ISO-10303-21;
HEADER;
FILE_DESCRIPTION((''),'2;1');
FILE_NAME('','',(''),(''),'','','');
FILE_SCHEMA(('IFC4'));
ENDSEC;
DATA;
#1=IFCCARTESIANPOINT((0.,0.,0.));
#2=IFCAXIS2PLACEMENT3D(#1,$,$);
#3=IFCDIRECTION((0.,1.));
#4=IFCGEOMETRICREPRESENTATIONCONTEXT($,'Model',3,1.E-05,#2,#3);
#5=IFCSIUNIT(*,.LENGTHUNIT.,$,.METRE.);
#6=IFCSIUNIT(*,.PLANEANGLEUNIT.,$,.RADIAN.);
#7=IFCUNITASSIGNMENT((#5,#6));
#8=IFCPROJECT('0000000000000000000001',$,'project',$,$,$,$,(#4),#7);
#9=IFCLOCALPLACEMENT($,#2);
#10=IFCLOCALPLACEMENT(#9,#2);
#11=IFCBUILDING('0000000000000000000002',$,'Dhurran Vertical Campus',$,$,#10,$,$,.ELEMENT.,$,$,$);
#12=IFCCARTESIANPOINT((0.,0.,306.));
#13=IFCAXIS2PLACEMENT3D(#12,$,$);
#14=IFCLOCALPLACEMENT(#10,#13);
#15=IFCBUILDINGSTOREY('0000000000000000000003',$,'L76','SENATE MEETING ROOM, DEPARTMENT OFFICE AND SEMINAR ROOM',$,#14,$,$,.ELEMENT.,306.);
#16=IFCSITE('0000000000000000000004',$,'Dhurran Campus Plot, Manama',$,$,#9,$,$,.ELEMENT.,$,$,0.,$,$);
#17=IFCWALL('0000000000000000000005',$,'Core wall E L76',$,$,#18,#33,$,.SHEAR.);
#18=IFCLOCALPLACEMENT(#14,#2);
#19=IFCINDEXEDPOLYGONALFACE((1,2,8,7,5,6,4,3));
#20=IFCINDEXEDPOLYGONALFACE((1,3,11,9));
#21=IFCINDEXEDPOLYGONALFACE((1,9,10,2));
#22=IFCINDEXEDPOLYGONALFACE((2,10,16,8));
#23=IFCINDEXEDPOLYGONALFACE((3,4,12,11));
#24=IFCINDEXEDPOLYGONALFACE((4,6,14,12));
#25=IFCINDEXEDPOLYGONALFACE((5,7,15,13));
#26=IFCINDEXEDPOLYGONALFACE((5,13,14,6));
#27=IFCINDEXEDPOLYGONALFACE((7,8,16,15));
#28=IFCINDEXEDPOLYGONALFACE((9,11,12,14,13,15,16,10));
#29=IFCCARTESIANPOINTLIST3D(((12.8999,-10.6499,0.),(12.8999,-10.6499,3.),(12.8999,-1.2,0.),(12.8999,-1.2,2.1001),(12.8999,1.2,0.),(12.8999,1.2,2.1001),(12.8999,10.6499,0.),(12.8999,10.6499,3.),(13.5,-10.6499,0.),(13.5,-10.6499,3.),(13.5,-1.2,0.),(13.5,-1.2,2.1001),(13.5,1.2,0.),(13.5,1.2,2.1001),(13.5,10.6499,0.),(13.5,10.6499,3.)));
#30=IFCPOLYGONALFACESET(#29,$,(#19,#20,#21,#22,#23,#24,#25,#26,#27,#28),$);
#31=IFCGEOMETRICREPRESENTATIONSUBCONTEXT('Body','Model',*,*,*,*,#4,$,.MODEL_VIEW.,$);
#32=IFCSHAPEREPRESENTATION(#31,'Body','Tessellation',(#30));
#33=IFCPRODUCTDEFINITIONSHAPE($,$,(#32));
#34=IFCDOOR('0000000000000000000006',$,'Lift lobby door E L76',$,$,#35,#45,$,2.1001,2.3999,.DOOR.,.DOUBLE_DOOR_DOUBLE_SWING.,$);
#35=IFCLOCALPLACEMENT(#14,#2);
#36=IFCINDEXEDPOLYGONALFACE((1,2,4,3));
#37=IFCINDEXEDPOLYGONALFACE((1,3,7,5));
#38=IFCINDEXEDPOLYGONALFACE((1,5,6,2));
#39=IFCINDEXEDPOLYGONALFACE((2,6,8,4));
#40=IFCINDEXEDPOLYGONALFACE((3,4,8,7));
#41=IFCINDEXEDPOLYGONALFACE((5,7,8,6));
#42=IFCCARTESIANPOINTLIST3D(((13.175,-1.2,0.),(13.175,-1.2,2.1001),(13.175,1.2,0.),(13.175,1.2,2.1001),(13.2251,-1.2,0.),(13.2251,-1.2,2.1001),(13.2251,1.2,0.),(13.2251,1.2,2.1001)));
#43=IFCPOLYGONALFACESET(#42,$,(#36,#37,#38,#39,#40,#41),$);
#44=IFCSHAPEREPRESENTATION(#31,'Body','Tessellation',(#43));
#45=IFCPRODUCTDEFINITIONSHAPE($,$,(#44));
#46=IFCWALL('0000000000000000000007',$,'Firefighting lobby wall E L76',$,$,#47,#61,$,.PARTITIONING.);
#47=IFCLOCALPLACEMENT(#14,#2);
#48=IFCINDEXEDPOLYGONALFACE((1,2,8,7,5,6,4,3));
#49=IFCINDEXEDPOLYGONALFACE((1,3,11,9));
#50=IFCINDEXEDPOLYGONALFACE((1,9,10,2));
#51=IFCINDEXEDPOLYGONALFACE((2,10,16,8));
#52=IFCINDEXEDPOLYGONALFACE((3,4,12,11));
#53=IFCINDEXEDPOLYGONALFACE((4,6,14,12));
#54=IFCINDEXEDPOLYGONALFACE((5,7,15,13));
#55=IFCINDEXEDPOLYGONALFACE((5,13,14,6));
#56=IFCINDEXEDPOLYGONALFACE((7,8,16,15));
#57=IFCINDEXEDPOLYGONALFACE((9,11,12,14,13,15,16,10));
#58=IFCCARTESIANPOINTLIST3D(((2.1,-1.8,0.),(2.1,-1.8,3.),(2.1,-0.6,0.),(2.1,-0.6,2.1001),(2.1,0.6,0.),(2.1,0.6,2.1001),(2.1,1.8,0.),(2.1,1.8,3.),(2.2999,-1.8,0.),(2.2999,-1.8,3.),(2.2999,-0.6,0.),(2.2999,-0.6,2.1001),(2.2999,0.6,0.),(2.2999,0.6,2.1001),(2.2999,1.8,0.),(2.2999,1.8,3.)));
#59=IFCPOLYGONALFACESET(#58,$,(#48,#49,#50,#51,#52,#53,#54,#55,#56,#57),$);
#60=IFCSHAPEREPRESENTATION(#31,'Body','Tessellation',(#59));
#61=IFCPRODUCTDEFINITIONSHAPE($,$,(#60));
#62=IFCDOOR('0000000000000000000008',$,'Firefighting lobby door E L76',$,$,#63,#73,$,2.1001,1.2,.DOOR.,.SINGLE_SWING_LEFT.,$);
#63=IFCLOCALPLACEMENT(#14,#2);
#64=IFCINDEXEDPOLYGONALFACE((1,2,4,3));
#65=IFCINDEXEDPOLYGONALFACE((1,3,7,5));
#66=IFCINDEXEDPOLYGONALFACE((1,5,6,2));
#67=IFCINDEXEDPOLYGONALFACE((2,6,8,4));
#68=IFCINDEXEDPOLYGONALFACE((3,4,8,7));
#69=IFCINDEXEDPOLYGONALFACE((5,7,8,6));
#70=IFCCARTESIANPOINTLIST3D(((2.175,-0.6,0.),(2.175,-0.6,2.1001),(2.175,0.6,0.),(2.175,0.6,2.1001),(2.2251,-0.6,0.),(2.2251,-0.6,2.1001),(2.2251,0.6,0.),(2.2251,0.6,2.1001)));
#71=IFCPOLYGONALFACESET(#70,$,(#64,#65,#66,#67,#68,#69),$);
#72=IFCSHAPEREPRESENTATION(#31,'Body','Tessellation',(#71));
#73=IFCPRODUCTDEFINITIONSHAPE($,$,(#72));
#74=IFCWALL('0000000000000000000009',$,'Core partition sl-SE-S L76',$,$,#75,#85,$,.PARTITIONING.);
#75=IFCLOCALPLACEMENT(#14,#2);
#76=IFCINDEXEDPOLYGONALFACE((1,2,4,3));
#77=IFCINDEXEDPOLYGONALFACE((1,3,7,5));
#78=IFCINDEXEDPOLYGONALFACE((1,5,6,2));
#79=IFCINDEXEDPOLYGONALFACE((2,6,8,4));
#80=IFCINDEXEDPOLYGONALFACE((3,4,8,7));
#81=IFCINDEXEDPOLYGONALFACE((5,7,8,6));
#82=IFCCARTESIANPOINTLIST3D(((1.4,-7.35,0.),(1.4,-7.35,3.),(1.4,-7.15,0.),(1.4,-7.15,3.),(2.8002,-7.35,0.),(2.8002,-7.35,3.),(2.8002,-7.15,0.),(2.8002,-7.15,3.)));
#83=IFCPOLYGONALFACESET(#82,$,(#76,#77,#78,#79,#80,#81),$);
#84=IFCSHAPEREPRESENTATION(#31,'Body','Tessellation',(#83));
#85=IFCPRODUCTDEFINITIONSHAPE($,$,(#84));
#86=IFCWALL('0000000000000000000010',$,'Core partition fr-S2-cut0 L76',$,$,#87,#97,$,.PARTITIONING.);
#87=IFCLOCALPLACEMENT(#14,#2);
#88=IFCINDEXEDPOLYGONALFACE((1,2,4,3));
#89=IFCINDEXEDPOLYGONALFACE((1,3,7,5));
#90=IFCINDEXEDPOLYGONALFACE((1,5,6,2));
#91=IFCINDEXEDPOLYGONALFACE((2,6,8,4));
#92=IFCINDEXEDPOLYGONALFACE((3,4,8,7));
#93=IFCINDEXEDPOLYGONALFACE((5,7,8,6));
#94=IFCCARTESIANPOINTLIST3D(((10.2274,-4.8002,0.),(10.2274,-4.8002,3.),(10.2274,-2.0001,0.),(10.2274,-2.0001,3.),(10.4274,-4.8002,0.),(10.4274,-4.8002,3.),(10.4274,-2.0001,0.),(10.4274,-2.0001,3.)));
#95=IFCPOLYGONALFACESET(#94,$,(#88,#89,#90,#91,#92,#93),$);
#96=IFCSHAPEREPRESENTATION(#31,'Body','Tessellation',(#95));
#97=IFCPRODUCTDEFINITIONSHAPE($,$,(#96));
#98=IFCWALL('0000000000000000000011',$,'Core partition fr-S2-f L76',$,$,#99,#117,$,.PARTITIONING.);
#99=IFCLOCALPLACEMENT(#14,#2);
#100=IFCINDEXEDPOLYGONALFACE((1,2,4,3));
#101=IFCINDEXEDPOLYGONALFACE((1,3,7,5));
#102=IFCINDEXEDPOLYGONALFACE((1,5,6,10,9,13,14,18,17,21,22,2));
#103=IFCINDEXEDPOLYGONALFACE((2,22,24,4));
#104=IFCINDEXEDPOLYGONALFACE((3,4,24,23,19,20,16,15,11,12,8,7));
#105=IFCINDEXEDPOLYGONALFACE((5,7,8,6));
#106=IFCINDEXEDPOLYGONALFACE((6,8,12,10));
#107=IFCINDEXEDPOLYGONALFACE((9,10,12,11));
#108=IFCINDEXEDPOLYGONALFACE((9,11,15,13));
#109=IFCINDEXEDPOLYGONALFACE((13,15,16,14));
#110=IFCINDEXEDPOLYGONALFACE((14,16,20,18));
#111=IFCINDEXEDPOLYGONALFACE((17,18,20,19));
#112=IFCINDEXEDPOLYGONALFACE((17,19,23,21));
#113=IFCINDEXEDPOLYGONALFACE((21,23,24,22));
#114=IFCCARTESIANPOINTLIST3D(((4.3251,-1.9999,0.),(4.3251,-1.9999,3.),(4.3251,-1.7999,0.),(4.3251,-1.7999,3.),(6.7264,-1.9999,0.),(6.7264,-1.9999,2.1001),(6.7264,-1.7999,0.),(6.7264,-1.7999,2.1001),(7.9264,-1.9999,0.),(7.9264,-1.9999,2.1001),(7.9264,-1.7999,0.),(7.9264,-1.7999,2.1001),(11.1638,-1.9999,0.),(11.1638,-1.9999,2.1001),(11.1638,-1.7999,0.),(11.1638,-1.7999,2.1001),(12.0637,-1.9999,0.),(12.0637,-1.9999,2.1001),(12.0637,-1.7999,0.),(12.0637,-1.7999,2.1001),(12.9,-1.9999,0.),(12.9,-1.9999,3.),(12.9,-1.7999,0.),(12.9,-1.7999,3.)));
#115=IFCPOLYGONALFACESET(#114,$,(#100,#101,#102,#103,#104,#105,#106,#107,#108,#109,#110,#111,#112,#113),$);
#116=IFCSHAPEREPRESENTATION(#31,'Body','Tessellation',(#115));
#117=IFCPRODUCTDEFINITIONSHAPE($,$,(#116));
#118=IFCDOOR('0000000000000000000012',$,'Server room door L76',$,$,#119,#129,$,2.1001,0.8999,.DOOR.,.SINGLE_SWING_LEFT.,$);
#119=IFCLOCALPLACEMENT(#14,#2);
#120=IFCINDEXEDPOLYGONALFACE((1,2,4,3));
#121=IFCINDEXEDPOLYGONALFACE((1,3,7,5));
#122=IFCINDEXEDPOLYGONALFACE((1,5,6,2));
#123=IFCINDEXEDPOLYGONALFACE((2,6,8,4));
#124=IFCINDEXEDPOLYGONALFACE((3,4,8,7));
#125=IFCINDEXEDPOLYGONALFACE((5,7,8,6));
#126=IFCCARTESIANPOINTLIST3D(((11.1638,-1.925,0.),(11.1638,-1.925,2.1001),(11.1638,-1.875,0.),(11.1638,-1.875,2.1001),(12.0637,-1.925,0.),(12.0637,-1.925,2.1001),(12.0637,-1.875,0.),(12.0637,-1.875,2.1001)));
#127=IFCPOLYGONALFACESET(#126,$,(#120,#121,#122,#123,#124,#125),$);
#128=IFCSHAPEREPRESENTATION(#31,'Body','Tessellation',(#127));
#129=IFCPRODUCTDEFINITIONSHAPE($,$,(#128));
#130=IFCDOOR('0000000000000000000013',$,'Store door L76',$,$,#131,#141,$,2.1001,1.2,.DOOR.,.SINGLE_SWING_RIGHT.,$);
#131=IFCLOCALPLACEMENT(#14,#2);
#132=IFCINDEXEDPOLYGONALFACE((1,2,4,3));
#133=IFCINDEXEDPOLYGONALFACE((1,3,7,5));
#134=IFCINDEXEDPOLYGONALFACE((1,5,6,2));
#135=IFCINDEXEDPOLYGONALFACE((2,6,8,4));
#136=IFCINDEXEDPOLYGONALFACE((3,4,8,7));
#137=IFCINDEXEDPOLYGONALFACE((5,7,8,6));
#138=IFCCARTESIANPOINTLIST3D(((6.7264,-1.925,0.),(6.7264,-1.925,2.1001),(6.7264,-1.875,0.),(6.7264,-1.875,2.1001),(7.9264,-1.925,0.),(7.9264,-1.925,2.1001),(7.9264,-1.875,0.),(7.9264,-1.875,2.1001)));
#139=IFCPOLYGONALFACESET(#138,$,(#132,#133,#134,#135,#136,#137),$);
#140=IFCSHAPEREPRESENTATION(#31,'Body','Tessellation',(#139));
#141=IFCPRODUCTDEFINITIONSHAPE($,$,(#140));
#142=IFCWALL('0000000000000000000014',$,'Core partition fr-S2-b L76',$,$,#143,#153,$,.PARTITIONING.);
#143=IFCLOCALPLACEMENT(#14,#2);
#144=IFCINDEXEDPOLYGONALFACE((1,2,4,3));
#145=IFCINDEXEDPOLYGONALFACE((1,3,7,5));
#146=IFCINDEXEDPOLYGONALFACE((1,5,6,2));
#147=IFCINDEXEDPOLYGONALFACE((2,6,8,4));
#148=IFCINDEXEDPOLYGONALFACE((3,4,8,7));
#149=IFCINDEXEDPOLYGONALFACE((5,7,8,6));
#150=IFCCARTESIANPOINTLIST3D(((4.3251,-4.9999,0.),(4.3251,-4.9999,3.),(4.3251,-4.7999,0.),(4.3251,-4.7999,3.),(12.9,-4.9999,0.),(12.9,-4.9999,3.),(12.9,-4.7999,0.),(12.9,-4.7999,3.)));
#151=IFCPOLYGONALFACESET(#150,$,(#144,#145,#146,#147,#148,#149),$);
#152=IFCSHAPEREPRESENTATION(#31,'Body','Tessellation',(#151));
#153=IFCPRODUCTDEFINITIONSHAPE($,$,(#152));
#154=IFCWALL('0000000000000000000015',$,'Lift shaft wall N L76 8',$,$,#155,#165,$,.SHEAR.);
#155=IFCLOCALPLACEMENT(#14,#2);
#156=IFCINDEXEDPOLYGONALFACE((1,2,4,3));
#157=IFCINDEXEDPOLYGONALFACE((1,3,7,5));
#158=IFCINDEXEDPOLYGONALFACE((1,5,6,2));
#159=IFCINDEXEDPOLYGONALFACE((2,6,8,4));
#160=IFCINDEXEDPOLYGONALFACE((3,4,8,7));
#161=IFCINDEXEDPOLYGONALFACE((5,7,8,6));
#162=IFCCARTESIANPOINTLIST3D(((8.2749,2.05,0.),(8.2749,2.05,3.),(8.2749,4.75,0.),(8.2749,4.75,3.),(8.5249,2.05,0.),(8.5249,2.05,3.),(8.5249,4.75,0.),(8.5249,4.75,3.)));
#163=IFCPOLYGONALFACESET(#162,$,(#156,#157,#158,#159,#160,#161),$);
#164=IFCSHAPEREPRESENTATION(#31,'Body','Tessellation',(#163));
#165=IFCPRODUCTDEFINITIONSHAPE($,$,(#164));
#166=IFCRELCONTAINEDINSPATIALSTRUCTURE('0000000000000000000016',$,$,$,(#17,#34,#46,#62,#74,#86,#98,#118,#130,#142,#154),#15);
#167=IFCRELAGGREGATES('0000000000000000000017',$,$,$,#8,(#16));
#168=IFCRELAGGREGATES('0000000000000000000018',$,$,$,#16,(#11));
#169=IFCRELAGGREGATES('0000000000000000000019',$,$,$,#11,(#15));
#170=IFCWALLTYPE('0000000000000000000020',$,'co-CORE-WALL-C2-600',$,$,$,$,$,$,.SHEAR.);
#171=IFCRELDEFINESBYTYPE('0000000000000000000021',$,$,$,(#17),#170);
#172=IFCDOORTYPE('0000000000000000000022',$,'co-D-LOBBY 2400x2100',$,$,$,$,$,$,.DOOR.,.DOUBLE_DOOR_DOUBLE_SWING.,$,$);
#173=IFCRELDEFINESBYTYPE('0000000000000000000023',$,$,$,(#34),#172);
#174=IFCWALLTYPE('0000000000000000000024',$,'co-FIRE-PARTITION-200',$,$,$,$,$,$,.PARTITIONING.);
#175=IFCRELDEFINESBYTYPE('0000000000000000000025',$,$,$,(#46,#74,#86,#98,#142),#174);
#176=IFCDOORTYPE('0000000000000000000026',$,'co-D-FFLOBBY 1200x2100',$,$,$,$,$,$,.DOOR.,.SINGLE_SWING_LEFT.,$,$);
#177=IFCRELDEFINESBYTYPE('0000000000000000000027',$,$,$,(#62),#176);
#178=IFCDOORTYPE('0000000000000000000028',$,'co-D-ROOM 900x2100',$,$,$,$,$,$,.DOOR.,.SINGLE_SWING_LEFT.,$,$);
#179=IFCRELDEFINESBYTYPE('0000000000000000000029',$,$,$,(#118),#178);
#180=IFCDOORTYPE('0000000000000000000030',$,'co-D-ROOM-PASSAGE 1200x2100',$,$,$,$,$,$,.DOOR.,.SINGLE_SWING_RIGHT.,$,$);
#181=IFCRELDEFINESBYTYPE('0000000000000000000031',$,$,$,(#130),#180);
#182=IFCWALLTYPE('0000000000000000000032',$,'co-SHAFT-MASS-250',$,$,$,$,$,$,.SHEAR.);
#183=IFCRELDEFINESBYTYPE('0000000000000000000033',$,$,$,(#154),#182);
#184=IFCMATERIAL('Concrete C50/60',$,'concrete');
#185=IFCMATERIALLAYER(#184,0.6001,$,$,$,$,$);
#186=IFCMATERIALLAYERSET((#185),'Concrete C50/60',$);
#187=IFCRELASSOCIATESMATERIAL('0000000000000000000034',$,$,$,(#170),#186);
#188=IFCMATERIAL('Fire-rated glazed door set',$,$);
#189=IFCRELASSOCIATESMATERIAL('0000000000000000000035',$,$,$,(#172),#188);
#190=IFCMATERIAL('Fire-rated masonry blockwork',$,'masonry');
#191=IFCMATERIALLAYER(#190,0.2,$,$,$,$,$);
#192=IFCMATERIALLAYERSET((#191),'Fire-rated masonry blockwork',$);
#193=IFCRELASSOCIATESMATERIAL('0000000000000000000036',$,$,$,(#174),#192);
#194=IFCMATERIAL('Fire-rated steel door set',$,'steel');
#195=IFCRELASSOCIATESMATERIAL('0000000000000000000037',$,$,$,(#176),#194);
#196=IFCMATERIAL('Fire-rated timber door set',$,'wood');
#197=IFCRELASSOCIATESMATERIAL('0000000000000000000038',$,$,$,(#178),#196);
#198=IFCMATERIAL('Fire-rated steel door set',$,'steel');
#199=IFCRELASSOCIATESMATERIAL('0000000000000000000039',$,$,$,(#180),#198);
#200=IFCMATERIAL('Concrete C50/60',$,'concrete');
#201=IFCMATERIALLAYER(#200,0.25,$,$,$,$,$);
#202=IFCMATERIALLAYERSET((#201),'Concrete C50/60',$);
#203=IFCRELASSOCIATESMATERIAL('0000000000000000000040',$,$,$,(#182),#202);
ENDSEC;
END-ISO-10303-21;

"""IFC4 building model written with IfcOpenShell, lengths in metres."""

from ifc_helpers import new_model, si_unit, direction, frame, frame_2d, origin, place, context, subcontext, project, spatial, polyline, rectangle, outline, extrude, material, layer, layer_set, type_object, element, fill, save


model = new_model("IFC4")

# Units and contexts
model_context = context("Model", 3, precision=1e-05, world=origin(), true_north=direction((0.0, 1.0)))
body_context = subcontext(model_context, "Body", "Model", "MODEL_VIEW")
ifc_project = project(units=[si_unit("LENGTHUNIT", "METRE"), si_unit("PLANEANGLEUNIT", "RADIAN")], contexts=[model_context])

# Site, building, storey
site_placement = place(None, origin())
site = spatial("IfcSite", under=ifc_project, at=site_placement, Name="Dhurran Campus Plot, Manama", CompositionType="ELEMENT", RefElevation=0.0)
building_placement = place(site_placement, origin())
building = spatial("IfcBuilding", under=site, at=building_placement, Name="Dhurran Vertical Campus", CompositionType="ELEMENT")
storey_placement = place(building_placement, frame((0.0, 0.0, 306.0)))
storey = spatial("IfcBuildingStorey", under=building, at=storey_placement, Name="L76", Description="SENATE MEETING ROOM, DEPARTMENT OFFICE AND SEMINAR ROOM", CompositionType="ELEMENT", Elevation=306.0)

# Walls, openings, doors
ifc_material_1 = material(Name="Concrete C50/60", Category="concrete")
ifc_layer_1 = layer(ifc_material_1, 0.6001)
ifc_layer_set_1 = layer_set([ifc_layer_1], Name="Concrete C50/60")
wall_type_1 = type_object("IfcWallType", Name="co-CORE-WALL-C2-600", PredefinedType="SHEAR", material=ifc_layer_set_1)
wall_1_placement = place(storey_placement, frame((13.2, -10.6499, 0.0), z_axis=(0.0, 0.0, 1.0), x_axis=(0.0, 1.0, 0.0)))
wall_1 = element("IfcWall", 1, at=wall_1_placement, inside=storey, type_object=wall_type_1, Name="Core wall E L76", PredefinedType="SHEAR", context=body_context, shape_type="SweptSolid", body=[
    extrude(rectangle(XDim=21.2998, YDim=0.6001, at=frame_2d((10.6499, 0.0))), origin(), (0.0, 0.0, 1.0), 3.0),
])
opening_1_placement = place(wall_1_placement, frame((9.45, 0.0, 0.0)))
opening_1 = element("IfcOpeningElement", 2, at=opening_1_placement, cuts=wall_1, PredefinedType="OPENING", context=body_context, shape_type="SweptSolid", body=[
    extrude(rectangle(XDim=2.3999, YDim=2.1001, at=frame_2d((1.2, 1.05))), frame((0.0, 0.3101, 0.0), z_axis=(0.0, -1.0, 0.0), x_axis=(1.0, 0.0, 0.0)), (0.0, 0.0, 1.0), 0.6201),
])
ifc_material_2 = material(Name="Fire-rated glazed door set")
door_type_1 = type_object("IfcDoorType", Name="co-D-LOBBY 2400x2100", OperationType="DOUBLE_DOOR_DOUBLE_SWING", PredefinedType="DOOR", material=ifc_material_2)
door_1_placement = place(opening_1_placement, origin())
door_1 = element("IfcDoor", 3, at=door_1_placement, inside=storey, type_object=door_type_1, Name="Lift lobby door E L76", OperationType="DOUBLE_DOOR_DOUBLE_SWING", OverallHeight=2.1001, OverallWidth=2.3999, PredefinedType="DOOR", context=body_context, shape_type="SweptSolid", body=[
    extrude(rectangle(XDim=2.3999, YDim=2.1001, at=frame_2d((1.2, 1.05))), frame((0.0, 0.0249, 0.0), z_axis=(0.0, -1.0, 0.0), x_axis=(1.0, 0.0, 0.0)), (0.0, 0.0, 1.0), 0.05),
])
fill(opening_1, door_1)
ifc_material_3 = material(Name="Fire-rated masonry blockwork", Category="masonry")
ifc_layer_2 = layer(ifc_material_3, 0.2)
ifc_layer_set_2 = layer_set([ifc_layer_2], Name="Fire-rated masonry blockwork")
wall_type_2 = type_object("IfcWallType", Name="co-FIRE-PARTITION-200", PredefinedType="PARTITIONING", material=ifc_layer_set_2)
wall_2_placement = place(storey_placement, frame((2.2, -1.8, 0.0), z_axis=(0.0, 0.0, 1.0), x_axis=(0.0, 1.0, 0.0)))
wall_2 = element("IfcWall", 4, at=wall_2_placement, inside=storey, type_object=wall_type_2, Name="Firefighting lobby wall E L76", PredefinedType="PARTITIONING", context=body_context, shape_type="SweptSolid", body=[
    extrude(rectangle(XDim=3.6001, YDim=0.2, at=frame_2d((1.8, 0.0))), origin(), (0.0, 0.0, 1.0), 3.0),
])
opening_2_placement = place(wall_2_placement, frame((1.2, 0.0, 0.0)))
opening_2 = element("IfcOpeningElement", 5, at=opening_2_placement, cuts=wall_2, PredefinedType="OPENING", context=body_context, shape_type="SweptSolid", body=[
    extrude(rectangle(XDim=1.2, YDim=2.1001, at=frame_2d((0.6001, 1.05))), frame((0.0, 0.1099, 0.0), z_axis=(0.0, -1.0, 0.0), x_axis=(1.0, 0.0, 0.0)), (0.0, 0.0, 1.0), 0.22),
])
ifc_material_4 = material(Name="Fire-rated steel door set", Category="steel")
door_type_2 = type_object("IfcDoorType", Name="co-D-FFLOBBY 1200x2100", OperationType="SINGLE_SWING_LEFT", PredefinedType="DOOR", material=ifc_material_4)
door_2_placement = place(opening_2_placement, origin())
door_2 = element("IfcDoor", 6, at=door_2_placement, inside=storey, type_object=door_type_2, Name="Firefighting lobby door E L76", OperationType="SINGLE_SWING_LEFT", OverallHeight=2.1001, OverallWidth=1.2, PredefinedType="DOOR", context=body_context, shape_type="SweptSolid", body=[
    extrude(rectangle(XDim=1.2, YDim=2.1001, at=frame_2d((0.6001, 1.05))), frame((0.0, 0.0249, 0.0), z_axis=(0.0, -1.0, 0.0), x_axis=(1.0, 0.0, 0.0)), (0.0, 0.0, 1.0), 0.05),
])
fill(opening_2, door_2)

# Walls
wall_3_placement = place(storey_placement, frame((1.3999, -7.25, 0.0), z_axis=(0.0, 0.0, 1.0), x_axis=(1.0, 0.0, 0.0)))
element("IfcWall", 7, at=wall_3_placement, inside=storey, type_object=wall_type_2, Name="Core partition sl-SE-S L76", PredefinedType="PARTITIONING", context=body_context, shape_type="SweptSolid", body=[
    extrude(rectangle(XDim=1.4001, YDim=0.2, at=frame_2d((0.7002, 0.0))), origin(), (0.0, 0.0, 1.0), 3.0),
])
wall_4_placement = place(storey_placement, frame((10.3274, -4.8, 0.0), z_axis=(0.0, 0.0, 1.0), x_axis=(0.0, 1.0, 0.0)))
element("IfcWall", 8, at=wall_4_placement, inside=storey, type_object=wall_type_2, Name="Core partition fr-S2-cut0 L76", PredefinedType="PARTITIONING", context=body_context, shape_type="SweptSolid", body=[
    extrude(rectangle(XDim=2.8, YDim=0.2, at=frame_2d((1.3999, 0.0))), origin(), (0.0, 0.0, 1.0), 3.0),
])

# Wall, openings, doors
wall_5_placement = place(storey_placement, frame((4.325, -1.8999, 0.0), z_axis=(0.0, 0.0, 1.0), x_axis=(1.0, 0.0, 0.0)))
wall_5 = element("IfcWall", 9, at=wall_5_placement, inside=storey, type_object=wall_type_2, Name="Core partition fr-S2-f L76", PredefinedType="PARTITIONING", context=body_context, shape_type="SweptSolid", body=[
    extrude(rectangle(XDim=8.575, YDim=0.2, at=frame_2d((4.2876, 0.0))), origin(), (0.0, 0.0, 1.0), 3.0),
])
opening_3_placement = place(wall_5_placement, frame((2.4014, 0.0, 0.0)))
opening_3 = element("IfcOpeningElement", 10, at=opening_3_placement, cuts=wall_5, PredefinedType="OPENING", context=body_context, shape_type="SweptSolid", body=[
    extrude(rectangle(XDim=1.2, YDim=2.1001, at=frame_2d((0.6001, 1.05))), frame((0.0, 0.1099, 0.0), z_axis=(0.0, -1.0, 0.0), x_axis=(1.0, 0.0, 0.0)), (0.0, 0.0, 1.0), 0.22),
])
opening_4_placement = place(wall_5_placement, frame((6.8389, 0.0, 0.0)))
opening_4 = element("IfcOpeningElement", 11, at=opening_4_placement, cuts=wall_5, PredefinedType="OPENING", context=body_context, shape_type="SweptSolid", body=[
    extrude(rectangle(XDim=0.8999, YDim=2.1001, at=frame_2d((0.45, 1.05))), frame((0.0, 0.1099, 0.0), z_axis=(0.0, -1.0, 0.0), x_axis=(1.0, 0.0, 0.0)), (0.0, 0.0, 1.0), 0.22),
])
ifc_material_5 = material(Name="Fire-rated timber door set", Category="wood")
door_type_3 = type_object("IfcDoorType", Name="co-D-ROOM 900x2100", OperationType="SINGLE_SWING_LEFT", PredefinedType="DOOR", material=ifc_material_5)
door_3_placement = place(opening_4_placement, origin())
door_3 = element("IfcDoor", 12, at=door_3_placement, inside=storey, type_object=door_type_3, Name="Server room door L76", OperationType="SINGLE_SWING_LEFT", OverallHeight=2.1001, OverallWidth=0.8999, PredefinedType="DOOR", context=body_context, shape_type="SweptSolid", body=[
    extrude(rectangle(XDim=0.8999, YDim=2.1001, at=frame_2d((0.45, 1.05))), frame((0.0, 0.0249, 0.0), z_axis=(0.0, -1.0, 0.0), x_axis=(1.0, 0.0, 0.0)), (0.0, 0.0, 1.0), 0.05),
])
fill(opening_4, door_3)
ifc_material_6 = material(Name="Fire-rated steel door set", Category="steel")
door_type_4 = type_object("IfcDoorType", Name="co-D-ROOM-PASSAGE 1200x2100", OperationType="SINGLE_SWING_RIGHT", PredefinedType="DOOR", material=ifc_material_6)
door_4_placement = place(opening_3_placement, origin())
door_4 = element("IfcDoor", 13, at=door_4_placement, inside=storey, type_object=door_type_4, Name="Store door L76", OperationType="SINGLE_SWING_RIGHT", OverallHeight=2.1001, OverallWidth=1.2, PredefinedType="DOOR", context=body_context, shape_type="SweptSolid", body=[
    extrude(rectangle(XDim=1.2, YDim=2.1001, at=frame_2d((0.6001, 1.05))), frame((0.0, 0.0249, 0.0), z_axis=(0.0, -1.0, 0.0), x_axis=(1.0, 0.0, 0.0)), (0.0, 0.0, 1.0), 0.05),
])
fill(opening_3, door_4)

# Walls
wall_6_placement = place(storey_placement, frame((4.325, -4.8999, 0.0), z_axis=(0.0, 0.0, 1.0), x_axis=(1.0, 0.0, 0.0)))
element("IfcWall", 14, at=wall_6_placement, inside=storey, type_object=wall_type_2, Name="Core partition fr-S2-b L76", PredefinedType="PARTITIONING", context=body_context, shape_type="SweptSolid", body=[
    extrude(rectangle(XDim=8.575, YDim=0.2, at=frame_2d((4.2876, 0.0))), origin(), (0.0, 0.0, 1.0), 3.0),
])
ifc_material_7 = material(Name="Concrete C50/60", Category="concrete")
ifc_layer_3 = layer(ifc_material_7, 0.25)
ifc_layer_set_3 = layer_set([ifc_layer_3], Name="Concrete C50/60")
wall_type_3 = type_object("IfcWallType", Name="co-SHAFT-MASS-250", PredefinedType="SHEAR", material=ifc_layer_set_3)
wall_7_placement = place(storey_placement, origin())
element("IfcWall", 15, at=wall_7_placement, inside=storey, type_object=wall_type_3, Name="Lift shaft wall N L76 8", PredefinedType="SHEAR", context=body_context, shape_type="SweptSolid", body=[
    extrude(outline(polyline([(8.2749, 2.05), (8.5249, 2.05), (8.5249, 4.75), (8.2749, 4.75), (8.2749, 2.05)])), origin(), (0.0, 0.0, 1.0), 3.0),
])

save(model, "model.ifc")
